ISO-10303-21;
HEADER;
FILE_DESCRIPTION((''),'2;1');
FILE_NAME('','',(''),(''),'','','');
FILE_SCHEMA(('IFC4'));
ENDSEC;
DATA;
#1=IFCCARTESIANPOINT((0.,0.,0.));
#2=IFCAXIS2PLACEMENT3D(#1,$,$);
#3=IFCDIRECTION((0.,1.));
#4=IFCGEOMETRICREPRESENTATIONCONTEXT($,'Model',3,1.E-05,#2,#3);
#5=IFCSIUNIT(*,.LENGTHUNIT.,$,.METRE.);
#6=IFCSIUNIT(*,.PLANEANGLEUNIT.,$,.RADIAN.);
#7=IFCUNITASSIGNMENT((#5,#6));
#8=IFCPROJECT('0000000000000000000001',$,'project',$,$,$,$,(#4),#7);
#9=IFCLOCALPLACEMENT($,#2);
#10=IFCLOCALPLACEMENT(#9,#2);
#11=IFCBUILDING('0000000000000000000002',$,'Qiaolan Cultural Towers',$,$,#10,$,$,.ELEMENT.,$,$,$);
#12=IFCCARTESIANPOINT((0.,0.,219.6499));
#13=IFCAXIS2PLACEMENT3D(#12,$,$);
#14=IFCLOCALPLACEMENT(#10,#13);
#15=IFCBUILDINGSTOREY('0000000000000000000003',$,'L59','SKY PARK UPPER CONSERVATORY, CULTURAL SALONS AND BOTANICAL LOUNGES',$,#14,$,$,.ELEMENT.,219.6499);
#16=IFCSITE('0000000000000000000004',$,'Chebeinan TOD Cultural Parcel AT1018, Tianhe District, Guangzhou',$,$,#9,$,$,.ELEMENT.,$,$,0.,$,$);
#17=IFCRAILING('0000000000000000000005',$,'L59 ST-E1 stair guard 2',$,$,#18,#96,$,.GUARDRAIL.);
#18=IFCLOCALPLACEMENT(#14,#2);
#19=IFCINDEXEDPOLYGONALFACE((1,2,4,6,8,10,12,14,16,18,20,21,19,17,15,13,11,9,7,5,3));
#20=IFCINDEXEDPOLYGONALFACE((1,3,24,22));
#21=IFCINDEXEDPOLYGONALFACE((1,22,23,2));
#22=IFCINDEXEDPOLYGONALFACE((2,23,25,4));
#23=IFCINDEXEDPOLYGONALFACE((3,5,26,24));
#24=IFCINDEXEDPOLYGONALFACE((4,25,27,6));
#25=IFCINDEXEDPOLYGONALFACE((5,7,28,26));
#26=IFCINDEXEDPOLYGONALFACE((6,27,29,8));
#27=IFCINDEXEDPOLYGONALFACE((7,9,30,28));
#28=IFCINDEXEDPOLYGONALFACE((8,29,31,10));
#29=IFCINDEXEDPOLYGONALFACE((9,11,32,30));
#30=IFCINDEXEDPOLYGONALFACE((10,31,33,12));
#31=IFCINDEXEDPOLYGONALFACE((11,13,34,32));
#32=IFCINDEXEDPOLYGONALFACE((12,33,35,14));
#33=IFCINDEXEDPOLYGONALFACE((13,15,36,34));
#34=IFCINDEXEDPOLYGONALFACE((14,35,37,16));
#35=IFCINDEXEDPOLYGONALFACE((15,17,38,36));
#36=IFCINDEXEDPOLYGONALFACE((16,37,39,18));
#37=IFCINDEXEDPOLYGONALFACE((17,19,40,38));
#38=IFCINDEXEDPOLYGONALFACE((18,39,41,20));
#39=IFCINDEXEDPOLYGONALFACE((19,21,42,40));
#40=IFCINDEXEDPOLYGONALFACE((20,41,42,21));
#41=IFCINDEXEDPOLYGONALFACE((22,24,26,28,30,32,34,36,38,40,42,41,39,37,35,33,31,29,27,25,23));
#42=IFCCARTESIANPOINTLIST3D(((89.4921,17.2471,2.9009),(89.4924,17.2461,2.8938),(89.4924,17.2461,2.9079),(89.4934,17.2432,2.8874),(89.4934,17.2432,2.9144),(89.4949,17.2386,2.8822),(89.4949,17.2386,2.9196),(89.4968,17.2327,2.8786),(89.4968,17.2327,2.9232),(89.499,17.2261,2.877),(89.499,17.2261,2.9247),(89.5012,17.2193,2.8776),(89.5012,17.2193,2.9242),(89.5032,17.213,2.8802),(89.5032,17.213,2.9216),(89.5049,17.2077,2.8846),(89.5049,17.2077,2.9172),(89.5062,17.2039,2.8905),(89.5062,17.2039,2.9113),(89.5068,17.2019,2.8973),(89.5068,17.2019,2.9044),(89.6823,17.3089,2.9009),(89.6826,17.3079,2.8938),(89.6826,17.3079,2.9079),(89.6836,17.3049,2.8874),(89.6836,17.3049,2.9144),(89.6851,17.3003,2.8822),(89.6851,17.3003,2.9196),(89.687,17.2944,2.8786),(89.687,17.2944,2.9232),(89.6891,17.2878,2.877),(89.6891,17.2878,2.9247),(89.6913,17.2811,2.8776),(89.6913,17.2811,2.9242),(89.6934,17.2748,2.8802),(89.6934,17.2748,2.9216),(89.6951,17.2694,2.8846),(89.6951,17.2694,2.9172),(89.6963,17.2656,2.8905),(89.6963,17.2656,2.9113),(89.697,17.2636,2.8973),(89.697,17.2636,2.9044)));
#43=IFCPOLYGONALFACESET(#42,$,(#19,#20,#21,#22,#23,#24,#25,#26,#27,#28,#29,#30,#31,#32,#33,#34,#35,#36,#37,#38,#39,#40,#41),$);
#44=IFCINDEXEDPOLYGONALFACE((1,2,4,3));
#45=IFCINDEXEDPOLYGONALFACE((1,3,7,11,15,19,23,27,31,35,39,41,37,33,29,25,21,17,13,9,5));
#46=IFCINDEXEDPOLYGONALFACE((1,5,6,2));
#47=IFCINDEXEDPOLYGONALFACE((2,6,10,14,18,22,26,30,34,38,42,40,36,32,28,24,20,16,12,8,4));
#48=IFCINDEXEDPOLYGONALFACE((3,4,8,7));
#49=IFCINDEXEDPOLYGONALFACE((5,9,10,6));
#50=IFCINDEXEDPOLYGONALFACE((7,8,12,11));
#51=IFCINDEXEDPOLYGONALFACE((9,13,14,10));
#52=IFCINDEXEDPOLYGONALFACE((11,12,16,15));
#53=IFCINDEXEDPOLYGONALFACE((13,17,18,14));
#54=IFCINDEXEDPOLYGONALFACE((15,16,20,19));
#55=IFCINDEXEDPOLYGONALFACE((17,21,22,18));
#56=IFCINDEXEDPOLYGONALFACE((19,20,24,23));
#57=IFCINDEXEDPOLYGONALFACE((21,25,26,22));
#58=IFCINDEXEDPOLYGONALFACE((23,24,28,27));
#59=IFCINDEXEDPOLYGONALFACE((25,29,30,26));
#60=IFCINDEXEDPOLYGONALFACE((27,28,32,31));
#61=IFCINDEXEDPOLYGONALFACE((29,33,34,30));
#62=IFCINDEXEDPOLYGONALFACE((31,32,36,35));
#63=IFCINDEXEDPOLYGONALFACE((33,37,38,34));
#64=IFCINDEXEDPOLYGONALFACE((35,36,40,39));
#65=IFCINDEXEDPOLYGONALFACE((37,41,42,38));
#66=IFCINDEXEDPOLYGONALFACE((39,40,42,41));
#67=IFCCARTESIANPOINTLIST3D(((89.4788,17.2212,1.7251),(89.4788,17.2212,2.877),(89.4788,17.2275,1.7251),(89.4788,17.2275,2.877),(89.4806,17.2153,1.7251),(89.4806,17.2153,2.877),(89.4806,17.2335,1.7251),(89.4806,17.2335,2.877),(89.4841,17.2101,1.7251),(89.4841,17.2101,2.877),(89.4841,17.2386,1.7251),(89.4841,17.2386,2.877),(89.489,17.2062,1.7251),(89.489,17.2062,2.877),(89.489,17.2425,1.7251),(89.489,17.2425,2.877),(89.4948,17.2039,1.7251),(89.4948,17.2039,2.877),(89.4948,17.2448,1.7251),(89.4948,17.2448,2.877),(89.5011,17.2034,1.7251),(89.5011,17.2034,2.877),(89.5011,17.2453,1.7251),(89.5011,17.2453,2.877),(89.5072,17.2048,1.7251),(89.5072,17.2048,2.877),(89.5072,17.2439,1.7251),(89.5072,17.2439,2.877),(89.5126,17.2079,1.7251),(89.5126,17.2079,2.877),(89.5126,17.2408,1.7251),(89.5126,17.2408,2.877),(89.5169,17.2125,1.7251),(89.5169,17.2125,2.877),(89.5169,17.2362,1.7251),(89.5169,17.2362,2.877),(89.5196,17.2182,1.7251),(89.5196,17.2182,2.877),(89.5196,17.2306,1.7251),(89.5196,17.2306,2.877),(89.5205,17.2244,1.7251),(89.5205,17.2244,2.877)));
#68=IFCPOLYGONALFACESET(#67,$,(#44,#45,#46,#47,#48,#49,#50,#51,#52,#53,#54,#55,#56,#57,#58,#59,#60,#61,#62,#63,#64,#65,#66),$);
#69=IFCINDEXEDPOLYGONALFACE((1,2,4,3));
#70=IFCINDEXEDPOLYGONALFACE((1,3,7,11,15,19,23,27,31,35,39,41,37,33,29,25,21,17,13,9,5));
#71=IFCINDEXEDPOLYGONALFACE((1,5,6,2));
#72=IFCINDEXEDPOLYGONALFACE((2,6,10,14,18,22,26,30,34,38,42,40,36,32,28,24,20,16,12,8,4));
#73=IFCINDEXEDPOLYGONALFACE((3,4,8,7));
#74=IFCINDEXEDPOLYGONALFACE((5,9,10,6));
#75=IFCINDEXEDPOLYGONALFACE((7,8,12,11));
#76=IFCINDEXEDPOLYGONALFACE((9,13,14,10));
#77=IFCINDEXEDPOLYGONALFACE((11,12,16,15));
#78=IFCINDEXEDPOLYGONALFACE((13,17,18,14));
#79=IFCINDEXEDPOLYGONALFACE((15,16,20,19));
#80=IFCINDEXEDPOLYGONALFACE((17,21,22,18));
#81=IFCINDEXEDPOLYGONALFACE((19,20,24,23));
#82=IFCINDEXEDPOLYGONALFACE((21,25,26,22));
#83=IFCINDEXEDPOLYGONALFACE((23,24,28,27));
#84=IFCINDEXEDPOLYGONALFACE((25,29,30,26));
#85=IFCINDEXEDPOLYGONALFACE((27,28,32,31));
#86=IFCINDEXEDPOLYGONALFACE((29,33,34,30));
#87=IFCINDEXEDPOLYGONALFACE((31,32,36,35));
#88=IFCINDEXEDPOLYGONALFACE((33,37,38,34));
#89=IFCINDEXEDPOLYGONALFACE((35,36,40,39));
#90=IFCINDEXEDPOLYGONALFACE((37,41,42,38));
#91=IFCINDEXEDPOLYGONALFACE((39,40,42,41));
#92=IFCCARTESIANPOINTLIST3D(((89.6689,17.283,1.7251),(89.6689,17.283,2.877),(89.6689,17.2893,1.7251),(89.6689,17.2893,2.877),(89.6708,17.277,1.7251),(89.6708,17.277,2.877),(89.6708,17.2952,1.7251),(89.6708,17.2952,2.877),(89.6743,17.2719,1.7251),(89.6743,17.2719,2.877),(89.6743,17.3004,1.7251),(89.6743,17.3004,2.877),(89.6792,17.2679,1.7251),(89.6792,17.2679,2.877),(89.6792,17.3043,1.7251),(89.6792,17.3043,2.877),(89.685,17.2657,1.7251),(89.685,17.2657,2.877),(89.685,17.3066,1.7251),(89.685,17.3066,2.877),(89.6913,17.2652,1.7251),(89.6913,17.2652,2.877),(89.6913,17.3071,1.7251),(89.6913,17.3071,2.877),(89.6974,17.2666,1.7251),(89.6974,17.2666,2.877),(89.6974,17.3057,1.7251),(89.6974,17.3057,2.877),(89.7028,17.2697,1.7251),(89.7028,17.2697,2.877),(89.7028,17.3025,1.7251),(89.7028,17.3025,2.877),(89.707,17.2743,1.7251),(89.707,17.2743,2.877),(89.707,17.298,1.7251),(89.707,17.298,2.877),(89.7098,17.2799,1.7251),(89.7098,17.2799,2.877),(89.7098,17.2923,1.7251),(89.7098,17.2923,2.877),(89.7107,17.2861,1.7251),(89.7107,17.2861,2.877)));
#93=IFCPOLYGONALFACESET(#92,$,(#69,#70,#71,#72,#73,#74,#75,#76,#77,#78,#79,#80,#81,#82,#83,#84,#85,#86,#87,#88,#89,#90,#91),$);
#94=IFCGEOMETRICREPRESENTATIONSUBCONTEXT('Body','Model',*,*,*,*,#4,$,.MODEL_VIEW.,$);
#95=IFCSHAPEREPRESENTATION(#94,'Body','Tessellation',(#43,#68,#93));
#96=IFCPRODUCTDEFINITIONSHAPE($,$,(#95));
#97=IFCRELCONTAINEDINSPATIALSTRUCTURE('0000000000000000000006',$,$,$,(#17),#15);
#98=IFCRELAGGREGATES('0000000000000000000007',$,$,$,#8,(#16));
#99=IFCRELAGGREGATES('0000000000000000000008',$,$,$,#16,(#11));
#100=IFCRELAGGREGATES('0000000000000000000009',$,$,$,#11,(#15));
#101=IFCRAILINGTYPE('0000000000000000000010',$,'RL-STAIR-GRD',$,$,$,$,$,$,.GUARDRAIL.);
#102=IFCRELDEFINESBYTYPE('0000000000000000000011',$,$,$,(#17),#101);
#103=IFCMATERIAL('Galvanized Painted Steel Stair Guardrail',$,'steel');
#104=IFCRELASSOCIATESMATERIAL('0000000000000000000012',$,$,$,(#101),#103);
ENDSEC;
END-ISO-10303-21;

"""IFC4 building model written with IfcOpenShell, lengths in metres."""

from ifc_helpers import new_model, si_unit, direction, frame, origin, origin_2d, place, context, subcontext, project, spatial, circle, extrude, material, type_object, element, save


model = new_model("IFC4")

# Units and contexts
model_context = context("Model", 3, precision=1e-05, world=origin(), true_north=direction((0.0, 1.0)))
body_context = subcontext(model_context, "Body", "Model", "MODEL_VIEW")
ifc_project = project(units=[si_unit("LENGTHUNIT", "METRE"), si_unit("PLANEANGLEUNIT", "RADIAN")], contexts=[model_context])

# Site, building, storey
site_placement = place(None, origin())
site = spatial("IfcSite", under=ifc_project, at=site_placement, Name="Chebeinan TOD Cultural Parcel AT1018, Tianhe District, Guangzhou", CompositionType="ELEMENT", RefElevation=0.0)
building_placement = place(site_placement, origin())
building = spatial("IfcBuilding", under=site, at=building_placement, Name="Qiaolan Cultural Towers", CompositionType="ELEMENT")
storey_placement = place(building_placement, frame((0.0, 0.0, 219.6499)))
storey = spatial("IfcBuildingStorey", under=building, at=storey_placement, Name="L59", Description="SKY PARK UPPER CONSERVATORY, CULTURAL SALONS AND BOTANICAL LOUNGES", CompositionType="ELEMENT", Elevation=219.6499)

# Railing
ifc_material_1 = material(Name="Galvanized Painted Steel Stair Guardrail", Category="steel")
railing_type_1 = type_object("IfcRailingType", Name="RL-STAIR-GRD", PredefinedType="GUARDRAIL", material=ifc_material_1)
railing_1_placement = place(storey_placement, frame((89.4995, 17.2244, 1.7251)))
element("IfcRailing", 1, at=railing_1_placement, inside=storey, type_object=railing_type_1, Name="L59 ST-E1 stair guard 2", PredefinedType="GUARDRAIL", context=body_context, shape_type="SweptSolid", body=[
    extrude(circle(Radius=0.0239, at=origin_2d()), frame((0.0, 0.0, 1.1758), z_axis=(0.951097, 0.308893, 0.0), x_axis=(-0.308893, 0.951097, 0.0)), (0.0, 0.0, 1.0), 0.2),
    extrude(circle(Radius=0.021, at=origin_2d()), origin(), (0.0, 0.0, 1.0), 1.1519),
    extrude(circle(Radius=0.021, at=origin_2d()), frame((0.1902, 0.0618, 0.0)), (0.0, 0.0, 1.0), 1.1519),
])

save(model, "model.ifc")
